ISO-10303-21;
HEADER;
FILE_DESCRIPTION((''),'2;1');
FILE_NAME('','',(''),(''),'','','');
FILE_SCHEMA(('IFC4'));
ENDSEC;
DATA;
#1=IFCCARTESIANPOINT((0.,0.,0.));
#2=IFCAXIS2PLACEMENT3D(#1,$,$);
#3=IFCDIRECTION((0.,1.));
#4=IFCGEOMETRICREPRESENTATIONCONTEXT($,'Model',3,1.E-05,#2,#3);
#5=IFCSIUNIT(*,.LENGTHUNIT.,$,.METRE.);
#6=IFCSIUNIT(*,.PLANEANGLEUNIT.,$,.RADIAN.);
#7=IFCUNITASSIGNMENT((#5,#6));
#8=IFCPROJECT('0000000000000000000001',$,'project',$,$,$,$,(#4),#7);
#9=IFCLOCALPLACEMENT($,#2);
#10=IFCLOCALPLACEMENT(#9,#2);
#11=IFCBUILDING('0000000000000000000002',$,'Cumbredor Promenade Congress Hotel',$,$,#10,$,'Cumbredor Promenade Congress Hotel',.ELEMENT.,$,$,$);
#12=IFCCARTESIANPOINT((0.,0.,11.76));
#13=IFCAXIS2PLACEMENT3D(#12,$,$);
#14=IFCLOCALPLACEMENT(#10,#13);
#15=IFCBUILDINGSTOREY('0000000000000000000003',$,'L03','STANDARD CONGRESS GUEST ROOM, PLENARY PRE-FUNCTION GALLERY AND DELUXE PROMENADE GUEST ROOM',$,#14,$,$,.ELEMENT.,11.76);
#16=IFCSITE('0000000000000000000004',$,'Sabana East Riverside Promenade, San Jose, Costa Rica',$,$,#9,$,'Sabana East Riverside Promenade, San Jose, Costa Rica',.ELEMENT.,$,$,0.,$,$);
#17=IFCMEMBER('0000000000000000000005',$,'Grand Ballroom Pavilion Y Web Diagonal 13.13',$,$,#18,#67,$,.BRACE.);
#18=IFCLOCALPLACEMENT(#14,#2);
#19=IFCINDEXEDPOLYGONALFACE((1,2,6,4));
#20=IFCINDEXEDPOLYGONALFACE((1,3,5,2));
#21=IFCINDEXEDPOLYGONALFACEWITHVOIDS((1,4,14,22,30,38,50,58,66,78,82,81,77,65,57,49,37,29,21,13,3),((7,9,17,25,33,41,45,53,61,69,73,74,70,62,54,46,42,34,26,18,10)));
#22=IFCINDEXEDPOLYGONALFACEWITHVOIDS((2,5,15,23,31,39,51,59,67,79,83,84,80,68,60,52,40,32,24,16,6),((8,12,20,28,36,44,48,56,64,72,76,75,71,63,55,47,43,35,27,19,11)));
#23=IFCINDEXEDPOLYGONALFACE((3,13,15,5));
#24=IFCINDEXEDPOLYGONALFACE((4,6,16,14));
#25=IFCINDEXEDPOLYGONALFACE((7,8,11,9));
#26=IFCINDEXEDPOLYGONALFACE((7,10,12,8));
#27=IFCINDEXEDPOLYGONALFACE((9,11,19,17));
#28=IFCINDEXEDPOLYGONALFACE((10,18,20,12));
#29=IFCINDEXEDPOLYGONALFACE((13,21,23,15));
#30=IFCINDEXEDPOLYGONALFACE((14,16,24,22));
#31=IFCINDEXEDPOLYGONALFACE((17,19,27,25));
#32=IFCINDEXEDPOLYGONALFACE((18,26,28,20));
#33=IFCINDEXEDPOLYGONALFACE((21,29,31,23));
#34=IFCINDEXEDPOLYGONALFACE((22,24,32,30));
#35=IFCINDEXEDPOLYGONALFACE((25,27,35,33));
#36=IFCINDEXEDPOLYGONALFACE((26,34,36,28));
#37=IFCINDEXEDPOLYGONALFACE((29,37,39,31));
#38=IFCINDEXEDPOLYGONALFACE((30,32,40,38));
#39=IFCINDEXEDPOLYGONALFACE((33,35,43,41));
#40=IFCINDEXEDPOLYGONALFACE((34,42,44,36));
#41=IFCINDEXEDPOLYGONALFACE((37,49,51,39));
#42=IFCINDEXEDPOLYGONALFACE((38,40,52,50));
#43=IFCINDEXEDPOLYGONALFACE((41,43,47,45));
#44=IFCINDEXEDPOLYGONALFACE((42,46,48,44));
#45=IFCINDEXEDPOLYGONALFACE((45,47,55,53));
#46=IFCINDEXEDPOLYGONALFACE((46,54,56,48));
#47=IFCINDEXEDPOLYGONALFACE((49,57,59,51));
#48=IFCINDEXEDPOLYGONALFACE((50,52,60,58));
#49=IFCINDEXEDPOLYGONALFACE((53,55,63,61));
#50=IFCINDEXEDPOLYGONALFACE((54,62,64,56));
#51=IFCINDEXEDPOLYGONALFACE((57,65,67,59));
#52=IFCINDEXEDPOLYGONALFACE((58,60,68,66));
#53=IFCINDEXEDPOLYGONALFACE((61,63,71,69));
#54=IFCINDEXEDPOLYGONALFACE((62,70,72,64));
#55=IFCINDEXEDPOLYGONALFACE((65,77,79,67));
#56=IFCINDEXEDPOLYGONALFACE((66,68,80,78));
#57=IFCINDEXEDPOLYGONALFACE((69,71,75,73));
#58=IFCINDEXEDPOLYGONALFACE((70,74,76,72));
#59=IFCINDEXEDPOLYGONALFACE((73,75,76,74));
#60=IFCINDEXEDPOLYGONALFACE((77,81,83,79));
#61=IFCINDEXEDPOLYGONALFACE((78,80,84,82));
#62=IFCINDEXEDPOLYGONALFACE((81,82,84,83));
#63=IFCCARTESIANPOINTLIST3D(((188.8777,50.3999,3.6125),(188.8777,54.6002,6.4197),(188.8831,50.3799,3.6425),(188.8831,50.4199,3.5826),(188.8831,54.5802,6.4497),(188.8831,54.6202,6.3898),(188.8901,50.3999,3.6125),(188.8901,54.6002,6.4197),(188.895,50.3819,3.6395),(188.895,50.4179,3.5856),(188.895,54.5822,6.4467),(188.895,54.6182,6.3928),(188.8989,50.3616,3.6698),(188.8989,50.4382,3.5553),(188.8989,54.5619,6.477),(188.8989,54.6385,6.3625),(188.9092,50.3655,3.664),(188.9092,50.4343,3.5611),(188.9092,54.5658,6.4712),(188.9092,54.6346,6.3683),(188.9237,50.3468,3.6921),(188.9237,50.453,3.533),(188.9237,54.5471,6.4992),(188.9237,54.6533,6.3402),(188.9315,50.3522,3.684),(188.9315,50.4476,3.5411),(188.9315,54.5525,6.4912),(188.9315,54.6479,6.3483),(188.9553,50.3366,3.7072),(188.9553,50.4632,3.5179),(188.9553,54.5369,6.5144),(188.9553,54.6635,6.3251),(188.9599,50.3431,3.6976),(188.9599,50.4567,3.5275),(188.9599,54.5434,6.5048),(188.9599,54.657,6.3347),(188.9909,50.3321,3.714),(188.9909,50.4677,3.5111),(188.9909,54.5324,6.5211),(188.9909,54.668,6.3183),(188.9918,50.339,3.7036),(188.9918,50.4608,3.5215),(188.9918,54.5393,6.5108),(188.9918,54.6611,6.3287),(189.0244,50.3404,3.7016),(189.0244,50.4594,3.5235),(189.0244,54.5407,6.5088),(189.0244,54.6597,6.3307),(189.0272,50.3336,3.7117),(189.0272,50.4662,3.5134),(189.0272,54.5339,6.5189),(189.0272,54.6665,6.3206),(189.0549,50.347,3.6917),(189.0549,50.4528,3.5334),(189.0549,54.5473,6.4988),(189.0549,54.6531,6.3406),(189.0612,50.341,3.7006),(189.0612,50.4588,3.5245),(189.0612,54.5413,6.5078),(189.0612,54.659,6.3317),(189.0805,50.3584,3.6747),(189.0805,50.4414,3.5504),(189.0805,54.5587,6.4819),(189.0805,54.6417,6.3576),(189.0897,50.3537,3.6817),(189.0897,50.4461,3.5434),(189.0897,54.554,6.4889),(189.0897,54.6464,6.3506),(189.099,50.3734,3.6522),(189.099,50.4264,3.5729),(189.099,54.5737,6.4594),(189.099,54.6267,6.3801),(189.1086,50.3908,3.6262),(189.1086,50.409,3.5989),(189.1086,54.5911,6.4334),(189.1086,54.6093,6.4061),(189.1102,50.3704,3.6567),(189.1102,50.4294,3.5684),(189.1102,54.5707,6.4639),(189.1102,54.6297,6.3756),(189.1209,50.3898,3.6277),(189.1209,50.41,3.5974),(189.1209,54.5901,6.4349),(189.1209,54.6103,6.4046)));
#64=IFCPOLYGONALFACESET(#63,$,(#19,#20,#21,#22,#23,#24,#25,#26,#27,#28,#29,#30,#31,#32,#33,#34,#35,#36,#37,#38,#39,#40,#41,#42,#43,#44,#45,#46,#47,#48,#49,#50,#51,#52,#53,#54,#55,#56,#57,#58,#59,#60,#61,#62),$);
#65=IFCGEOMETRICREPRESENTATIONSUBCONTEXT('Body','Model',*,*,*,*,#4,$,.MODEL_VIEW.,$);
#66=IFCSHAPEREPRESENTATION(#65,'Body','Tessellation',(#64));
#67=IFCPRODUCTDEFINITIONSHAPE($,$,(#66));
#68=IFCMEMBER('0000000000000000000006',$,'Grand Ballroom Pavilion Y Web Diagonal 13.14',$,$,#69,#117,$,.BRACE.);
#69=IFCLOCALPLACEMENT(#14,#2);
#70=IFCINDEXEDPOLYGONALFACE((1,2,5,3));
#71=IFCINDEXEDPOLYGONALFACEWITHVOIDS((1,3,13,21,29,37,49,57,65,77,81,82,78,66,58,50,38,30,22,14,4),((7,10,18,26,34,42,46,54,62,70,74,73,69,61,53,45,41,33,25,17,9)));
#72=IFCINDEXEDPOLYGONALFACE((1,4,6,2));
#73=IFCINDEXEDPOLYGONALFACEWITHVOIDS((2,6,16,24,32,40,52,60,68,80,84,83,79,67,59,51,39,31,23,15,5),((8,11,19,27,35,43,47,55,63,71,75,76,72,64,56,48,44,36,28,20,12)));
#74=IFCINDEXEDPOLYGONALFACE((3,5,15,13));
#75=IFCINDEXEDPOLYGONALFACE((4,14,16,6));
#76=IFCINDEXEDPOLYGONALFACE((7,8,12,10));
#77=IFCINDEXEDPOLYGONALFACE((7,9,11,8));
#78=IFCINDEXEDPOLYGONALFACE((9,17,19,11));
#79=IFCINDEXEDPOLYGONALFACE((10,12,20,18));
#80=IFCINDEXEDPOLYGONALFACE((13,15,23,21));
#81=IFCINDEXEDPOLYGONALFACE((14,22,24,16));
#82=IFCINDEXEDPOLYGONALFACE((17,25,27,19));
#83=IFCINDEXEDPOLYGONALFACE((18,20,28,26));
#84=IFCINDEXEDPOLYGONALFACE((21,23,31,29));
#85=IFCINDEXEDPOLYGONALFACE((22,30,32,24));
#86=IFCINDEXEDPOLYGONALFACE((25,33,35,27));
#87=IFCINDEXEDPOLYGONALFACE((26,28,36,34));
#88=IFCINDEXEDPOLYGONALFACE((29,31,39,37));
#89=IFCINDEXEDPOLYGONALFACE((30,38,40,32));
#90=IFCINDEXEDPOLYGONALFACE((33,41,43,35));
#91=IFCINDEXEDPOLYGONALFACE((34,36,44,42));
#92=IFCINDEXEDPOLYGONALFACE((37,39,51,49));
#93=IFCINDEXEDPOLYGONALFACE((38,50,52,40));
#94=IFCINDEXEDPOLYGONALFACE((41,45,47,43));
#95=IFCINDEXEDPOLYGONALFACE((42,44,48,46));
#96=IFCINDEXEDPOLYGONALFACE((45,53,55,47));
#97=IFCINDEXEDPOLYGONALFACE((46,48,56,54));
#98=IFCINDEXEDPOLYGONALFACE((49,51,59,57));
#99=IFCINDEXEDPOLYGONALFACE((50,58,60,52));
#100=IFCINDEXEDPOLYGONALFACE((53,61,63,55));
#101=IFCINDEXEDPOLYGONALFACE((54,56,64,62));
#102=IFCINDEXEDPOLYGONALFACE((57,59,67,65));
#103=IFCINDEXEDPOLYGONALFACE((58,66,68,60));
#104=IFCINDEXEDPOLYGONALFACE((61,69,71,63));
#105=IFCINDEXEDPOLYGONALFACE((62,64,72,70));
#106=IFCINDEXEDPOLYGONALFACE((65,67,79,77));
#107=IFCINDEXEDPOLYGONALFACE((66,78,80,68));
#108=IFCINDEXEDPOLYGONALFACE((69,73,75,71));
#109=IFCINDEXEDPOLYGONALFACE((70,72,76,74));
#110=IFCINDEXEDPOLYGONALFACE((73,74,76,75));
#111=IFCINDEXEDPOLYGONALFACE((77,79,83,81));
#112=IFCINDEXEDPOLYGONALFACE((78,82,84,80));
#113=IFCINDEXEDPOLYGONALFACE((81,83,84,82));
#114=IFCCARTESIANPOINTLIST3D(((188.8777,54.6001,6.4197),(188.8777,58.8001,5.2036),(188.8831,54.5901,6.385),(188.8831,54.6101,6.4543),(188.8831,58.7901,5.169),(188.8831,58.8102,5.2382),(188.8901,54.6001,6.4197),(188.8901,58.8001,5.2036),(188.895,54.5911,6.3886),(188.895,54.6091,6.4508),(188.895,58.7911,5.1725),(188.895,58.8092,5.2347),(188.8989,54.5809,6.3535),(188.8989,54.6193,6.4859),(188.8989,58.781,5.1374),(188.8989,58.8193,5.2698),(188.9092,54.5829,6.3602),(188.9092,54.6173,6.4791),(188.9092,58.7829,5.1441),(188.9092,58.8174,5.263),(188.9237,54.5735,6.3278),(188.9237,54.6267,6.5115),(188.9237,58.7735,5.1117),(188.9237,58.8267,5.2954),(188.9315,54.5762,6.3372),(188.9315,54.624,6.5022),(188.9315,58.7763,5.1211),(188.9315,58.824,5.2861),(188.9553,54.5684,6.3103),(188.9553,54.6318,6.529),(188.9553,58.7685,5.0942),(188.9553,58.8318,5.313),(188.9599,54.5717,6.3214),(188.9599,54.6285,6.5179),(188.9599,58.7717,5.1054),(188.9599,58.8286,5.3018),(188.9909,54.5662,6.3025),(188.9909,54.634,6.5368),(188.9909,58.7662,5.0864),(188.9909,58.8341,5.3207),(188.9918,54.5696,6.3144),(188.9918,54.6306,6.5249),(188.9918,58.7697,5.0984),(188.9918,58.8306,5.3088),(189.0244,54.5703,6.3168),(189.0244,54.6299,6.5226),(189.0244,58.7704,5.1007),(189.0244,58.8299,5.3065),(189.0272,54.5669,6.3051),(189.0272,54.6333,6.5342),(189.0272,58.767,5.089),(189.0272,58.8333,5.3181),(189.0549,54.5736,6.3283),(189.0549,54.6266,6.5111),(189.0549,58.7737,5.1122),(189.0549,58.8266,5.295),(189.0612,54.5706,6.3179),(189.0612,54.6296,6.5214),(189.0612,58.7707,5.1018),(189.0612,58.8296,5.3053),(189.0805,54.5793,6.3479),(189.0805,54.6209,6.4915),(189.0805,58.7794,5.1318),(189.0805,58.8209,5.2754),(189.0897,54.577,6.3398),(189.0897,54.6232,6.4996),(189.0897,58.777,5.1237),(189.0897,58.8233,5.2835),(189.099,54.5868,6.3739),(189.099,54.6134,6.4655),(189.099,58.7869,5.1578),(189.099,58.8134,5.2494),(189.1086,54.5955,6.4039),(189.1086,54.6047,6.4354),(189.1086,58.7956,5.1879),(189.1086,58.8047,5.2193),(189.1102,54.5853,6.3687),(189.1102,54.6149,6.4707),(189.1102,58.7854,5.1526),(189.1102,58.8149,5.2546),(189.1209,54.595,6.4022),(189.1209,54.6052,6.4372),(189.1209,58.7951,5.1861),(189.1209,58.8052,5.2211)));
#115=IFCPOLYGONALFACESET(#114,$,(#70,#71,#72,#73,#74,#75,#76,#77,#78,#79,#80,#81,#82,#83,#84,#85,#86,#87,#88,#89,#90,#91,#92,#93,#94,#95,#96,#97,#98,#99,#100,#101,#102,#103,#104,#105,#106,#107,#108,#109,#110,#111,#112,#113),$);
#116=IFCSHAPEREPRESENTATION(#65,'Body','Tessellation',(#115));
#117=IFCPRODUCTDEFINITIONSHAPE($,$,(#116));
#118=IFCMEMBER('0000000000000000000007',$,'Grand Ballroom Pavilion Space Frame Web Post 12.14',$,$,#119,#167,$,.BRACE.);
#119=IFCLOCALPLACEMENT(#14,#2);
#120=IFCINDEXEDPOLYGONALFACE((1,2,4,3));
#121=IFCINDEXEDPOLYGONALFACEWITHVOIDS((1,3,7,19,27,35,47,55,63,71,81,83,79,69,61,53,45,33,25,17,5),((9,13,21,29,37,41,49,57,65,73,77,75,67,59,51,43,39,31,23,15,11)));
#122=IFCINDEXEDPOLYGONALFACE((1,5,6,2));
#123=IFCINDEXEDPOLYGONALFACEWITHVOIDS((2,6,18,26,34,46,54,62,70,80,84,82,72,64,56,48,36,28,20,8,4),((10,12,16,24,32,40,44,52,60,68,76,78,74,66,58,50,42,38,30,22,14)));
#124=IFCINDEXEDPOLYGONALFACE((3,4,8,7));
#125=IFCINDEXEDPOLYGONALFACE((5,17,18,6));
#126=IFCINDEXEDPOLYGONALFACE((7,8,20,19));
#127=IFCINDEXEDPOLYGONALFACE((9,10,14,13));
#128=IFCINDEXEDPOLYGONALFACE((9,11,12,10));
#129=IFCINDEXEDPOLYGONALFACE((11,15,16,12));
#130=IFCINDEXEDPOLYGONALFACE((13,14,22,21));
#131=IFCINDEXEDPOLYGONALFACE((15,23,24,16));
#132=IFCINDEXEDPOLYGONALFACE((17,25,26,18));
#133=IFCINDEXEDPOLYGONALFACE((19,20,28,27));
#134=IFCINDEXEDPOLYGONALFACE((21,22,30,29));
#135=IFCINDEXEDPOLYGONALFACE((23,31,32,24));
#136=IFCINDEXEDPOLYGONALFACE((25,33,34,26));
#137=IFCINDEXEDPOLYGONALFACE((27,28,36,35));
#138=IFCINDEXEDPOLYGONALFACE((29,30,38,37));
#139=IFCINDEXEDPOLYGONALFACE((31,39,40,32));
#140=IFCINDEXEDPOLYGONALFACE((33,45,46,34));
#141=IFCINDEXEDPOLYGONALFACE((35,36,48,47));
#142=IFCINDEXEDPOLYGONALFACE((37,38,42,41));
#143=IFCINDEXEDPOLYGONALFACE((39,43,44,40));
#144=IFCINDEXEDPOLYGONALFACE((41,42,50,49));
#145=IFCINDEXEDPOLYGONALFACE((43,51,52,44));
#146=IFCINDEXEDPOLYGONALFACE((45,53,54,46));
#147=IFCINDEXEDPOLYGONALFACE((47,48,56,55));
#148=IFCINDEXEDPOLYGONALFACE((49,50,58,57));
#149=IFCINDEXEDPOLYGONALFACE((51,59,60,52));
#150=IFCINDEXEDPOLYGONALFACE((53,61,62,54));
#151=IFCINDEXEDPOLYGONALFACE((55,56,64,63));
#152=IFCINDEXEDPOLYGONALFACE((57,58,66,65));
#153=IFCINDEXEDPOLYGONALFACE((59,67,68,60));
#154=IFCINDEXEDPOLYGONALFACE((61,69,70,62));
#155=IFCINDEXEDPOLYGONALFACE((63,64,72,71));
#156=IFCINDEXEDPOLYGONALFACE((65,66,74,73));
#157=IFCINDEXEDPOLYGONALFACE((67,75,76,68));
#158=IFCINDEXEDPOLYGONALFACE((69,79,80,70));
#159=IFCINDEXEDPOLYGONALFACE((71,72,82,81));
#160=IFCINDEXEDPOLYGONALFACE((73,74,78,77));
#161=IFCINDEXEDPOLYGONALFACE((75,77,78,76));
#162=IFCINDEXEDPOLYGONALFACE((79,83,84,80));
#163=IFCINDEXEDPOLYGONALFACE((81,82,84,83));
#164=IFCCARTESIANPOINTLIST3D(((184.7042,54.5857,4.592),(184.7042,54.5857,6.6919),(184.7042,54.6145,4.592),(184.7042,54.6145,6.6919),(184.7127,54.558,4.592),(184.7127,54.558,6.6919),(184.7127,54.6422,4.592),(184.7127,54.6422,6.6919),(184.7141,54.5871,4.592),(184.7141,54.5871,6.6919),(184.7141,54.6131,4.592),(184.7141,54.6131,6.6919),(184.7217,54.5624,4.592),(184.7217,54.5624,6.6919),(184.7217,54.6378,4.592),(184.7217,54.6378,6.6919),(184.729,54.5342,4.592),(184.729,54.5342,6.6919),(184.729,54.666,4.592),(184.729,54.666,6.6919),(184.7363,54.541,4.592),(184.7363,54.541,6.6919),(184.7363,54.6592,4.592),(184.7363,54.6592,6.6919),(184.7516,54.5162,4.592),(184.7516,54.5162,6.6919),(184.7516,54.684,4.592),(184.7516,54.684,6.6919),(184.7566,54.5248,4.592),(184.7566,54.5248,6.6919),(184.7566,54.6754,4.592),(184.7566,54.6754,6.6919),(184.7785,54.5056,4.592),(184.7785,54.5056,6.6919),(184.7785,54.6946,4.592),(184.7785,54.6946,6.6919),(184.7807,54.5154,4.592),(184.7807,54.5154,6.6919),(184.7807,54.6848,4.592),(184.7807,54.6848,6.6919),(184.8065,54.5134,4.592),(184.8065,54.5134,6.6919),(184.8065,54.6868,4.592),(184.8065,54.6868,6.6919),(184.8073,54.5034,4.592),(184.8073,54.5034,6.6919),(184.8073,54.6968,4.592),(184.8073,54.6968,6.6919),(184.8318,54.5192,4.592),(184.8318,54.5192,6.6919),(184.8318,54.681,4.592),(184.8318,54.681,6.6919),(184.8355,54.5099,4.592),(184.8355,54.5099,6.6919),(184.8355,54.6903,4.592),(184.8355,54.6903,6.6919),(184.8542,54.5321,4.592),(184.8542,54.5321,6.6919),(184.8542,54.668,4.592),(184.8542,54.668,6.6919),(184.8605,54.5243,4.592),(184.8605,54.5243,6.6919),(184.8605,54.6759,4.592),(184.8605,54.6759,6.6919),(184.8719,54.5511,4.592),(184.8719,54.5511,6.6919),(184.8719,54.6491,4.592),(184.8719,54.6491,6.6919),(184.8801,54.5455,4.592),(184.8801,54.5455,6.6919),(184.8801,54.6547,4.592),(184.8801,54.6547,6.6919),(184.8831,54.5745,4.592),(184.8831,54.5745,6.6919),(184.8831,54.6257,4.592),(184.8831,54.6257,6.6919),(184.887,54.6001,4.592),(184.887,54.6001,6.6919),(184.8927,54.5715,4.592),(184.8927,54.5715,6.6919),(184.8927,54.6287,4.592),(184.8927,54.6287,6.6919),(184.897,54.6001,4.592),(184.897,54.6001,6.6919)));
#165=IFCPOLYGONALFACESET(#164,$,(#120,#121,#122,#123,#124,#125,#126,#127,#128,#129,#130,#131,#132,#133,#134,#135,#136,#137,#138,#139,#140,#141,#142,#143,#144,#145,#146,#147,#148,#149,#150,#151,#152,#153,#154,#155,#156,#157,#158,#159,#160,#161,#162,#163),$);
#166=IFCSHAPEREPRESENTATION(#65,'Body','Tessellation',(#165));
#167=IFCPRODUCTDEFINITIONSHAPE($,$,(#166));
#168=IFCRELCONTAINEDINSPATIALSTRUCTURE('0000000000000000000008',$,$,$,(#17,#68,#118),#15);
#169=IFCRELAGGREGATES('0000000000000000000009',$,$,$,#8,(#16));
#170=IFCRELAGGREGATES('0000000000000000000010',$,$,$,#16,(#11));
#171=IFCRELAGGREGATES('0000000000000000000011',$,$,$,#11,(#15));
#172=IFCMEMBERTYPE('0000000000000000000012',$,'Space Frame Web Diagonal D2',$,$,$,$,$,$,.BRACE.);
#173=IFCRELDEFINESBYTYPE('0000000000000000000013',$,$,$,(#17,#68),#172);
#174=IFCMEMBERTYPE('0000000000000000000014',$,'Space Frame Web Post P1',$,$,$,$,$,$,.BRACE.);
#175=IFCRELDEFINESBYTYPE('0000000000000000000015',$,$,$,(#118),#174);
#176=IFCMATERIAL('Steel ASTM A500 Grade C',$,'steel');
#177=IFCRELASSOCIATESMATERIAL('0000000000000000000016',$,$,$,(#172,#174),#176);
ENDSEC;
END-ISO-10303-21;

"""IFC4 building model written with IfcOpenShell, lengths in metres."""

from ifc_helpers import new_model, si_unit, direction, frame, origin, origin_2d, place, context, subcontext, project, spatial, hollow_circle, extrude, material, material_profile, profile_set, type_object, element, save


model = new_model("IFC4")

# Units and contexts
model_context = context("Model", 3, precision=1e-05, world=origin(), true_north=direction((0.0, 1.0)))
body_context = subcontext(model_context, "Body", "Model", "MODEL_VIEW")
ifc_project = project(units=[si_unit("LENGTHUNIT", "METRE"), si_unit("PLANEANGLEUNIT", "RADIAN")], contexts=[model_context])

# Site, building, storey
site_placement = place(None, origin())
site = spatial("IfcSite", under=ifc_project, at=site_placement, Name="Sabana East Riverside Promenade, San Jose, Costa Rica", LongName="Sabana East Riverside Promenade, San Jose, Costa Rica", CompositionType="ELEMENT", RefElevation=0.0)
building_placement = place(site_placement, origin())
building = spatial("IfcBuilding", under=site, at=building_placement, Name="Cumbredor Promenade Congress Hotel", LongName="Cumbredor Promenade Congress Hotel", CompositionType="ELEMENT")
storey_placement = place(building_placement, frame((0.0, 0.0, 11.76)))
storey = spatial("IfcBuildingStorey", under=building, at=storey_placement, Name="L03", Description="STANDARD CONGRESS GUEST ROOM, PLENARY PRE-FUNCTION GALLERY AND DELUXE PROMENADE GUEST ROOM", CompositionType="ELEMENT", Elevation=11.76)

# Shared definitions
ifc_material_1 = material(Name="Steel ASTM A500 Grade C", Category="steel")

# Members
ifc_material_profile_1 = material_profile(ifc_material_1, hollow_circle(Radius=0.1223, WallThickness=0.0125, at=origin_2d()), Name="CHS 244.5x12.5")
ifc_profile_set_1 = profile_set([ifc_material_profile_1], Name="Steel ASTM A500 Grade C")
member_type_1 = type_object("IfcMemberType", Name="Space Frame Web Diagonal D2", PredefinedType="BRACE", material=ifc_profile_set_1)
member_1_placement = place(storey_placement, frame((189.0, 50.3999, 3.6125), z_axis=(0.0, 0.83141, 0.555659), x_axis=(-1.0, 0.0, 0.0)))
element("IfcMember", 1, at=member_1_placement, inside=storey, type_object=member_type_1, Name="Grand Ballroom Pavilion Y Web Diagonal 13.13", PredefinedType="BRACE", context=body_context, shape_type="SweptSolid", body=[
    extrude(hollow_circle(Radius=0.1223, WallThickness=0.0125, at=origin_2d()), origin(), (0.0, 0.0, 1.0), 5.052),
])
member_2_placement = place(storey_placement, frame((189.0, 54.6001, 6.4197), z_axis=(0.0, 0.960547, -0.278119), x_axis=(-1.0, 0.0, 0.0)))
element("IfcMember", 2, at=member_2_placement, inside=storey, type_object=member_type_1, Name="Grand Ballroom Pavilion Y Web Diagonal 13.14", PredefinedType="BRACE", context=body_context, shape_type="SweptSolid", body=[
    extrude(hollow_circle(Radius=0.1223, WallThickness=0.0125, at=origin_2d()), origin(), (0.0, 0.0, 1.0), 4.3726),
])
ifc_material_profile_2 = material_profile(ifc_material_1, hollow_circle(Radius=0.0969, WallThickness=0.01, at=origin_2d()), Name="CHS 193.7x10")
ifc_profile_set_2 = profile_set([ifc_material_profile_2], Name="Steel ASTM A500 Grade C")
member_type_2 = type_object("IfcMemberType", Name="Space Frame Web Post P1", PredefinedType="BRACE", material=ifc_profile_set_2)
for number, where, z_axis, x_axis, name in (
    (3, (184.8, 54.6001, 4.592), (0.0, 0.0, 1.0), (1.0, 0.0, 0.0), "Grand Ballroom Pavilion Space Frame Web Post 12.14"),
):
    element("IfcMember", number, at=place(storey_placement, frame(where, z_axis=z_axis, x_axis=x_axis)), inside=storey, type_object=member_type_2, Name=name, PredefinedType="BRACE", context=body_context, shape_type="SweptSolid", body=[
        extrude(hollow_circle(Radius=0.0969, WallThickness=0.01, at=origin_2d()), origin(), (0.0, 0.0, 1.0), 2.0999),
    ])

save(model, "model.ifc")
